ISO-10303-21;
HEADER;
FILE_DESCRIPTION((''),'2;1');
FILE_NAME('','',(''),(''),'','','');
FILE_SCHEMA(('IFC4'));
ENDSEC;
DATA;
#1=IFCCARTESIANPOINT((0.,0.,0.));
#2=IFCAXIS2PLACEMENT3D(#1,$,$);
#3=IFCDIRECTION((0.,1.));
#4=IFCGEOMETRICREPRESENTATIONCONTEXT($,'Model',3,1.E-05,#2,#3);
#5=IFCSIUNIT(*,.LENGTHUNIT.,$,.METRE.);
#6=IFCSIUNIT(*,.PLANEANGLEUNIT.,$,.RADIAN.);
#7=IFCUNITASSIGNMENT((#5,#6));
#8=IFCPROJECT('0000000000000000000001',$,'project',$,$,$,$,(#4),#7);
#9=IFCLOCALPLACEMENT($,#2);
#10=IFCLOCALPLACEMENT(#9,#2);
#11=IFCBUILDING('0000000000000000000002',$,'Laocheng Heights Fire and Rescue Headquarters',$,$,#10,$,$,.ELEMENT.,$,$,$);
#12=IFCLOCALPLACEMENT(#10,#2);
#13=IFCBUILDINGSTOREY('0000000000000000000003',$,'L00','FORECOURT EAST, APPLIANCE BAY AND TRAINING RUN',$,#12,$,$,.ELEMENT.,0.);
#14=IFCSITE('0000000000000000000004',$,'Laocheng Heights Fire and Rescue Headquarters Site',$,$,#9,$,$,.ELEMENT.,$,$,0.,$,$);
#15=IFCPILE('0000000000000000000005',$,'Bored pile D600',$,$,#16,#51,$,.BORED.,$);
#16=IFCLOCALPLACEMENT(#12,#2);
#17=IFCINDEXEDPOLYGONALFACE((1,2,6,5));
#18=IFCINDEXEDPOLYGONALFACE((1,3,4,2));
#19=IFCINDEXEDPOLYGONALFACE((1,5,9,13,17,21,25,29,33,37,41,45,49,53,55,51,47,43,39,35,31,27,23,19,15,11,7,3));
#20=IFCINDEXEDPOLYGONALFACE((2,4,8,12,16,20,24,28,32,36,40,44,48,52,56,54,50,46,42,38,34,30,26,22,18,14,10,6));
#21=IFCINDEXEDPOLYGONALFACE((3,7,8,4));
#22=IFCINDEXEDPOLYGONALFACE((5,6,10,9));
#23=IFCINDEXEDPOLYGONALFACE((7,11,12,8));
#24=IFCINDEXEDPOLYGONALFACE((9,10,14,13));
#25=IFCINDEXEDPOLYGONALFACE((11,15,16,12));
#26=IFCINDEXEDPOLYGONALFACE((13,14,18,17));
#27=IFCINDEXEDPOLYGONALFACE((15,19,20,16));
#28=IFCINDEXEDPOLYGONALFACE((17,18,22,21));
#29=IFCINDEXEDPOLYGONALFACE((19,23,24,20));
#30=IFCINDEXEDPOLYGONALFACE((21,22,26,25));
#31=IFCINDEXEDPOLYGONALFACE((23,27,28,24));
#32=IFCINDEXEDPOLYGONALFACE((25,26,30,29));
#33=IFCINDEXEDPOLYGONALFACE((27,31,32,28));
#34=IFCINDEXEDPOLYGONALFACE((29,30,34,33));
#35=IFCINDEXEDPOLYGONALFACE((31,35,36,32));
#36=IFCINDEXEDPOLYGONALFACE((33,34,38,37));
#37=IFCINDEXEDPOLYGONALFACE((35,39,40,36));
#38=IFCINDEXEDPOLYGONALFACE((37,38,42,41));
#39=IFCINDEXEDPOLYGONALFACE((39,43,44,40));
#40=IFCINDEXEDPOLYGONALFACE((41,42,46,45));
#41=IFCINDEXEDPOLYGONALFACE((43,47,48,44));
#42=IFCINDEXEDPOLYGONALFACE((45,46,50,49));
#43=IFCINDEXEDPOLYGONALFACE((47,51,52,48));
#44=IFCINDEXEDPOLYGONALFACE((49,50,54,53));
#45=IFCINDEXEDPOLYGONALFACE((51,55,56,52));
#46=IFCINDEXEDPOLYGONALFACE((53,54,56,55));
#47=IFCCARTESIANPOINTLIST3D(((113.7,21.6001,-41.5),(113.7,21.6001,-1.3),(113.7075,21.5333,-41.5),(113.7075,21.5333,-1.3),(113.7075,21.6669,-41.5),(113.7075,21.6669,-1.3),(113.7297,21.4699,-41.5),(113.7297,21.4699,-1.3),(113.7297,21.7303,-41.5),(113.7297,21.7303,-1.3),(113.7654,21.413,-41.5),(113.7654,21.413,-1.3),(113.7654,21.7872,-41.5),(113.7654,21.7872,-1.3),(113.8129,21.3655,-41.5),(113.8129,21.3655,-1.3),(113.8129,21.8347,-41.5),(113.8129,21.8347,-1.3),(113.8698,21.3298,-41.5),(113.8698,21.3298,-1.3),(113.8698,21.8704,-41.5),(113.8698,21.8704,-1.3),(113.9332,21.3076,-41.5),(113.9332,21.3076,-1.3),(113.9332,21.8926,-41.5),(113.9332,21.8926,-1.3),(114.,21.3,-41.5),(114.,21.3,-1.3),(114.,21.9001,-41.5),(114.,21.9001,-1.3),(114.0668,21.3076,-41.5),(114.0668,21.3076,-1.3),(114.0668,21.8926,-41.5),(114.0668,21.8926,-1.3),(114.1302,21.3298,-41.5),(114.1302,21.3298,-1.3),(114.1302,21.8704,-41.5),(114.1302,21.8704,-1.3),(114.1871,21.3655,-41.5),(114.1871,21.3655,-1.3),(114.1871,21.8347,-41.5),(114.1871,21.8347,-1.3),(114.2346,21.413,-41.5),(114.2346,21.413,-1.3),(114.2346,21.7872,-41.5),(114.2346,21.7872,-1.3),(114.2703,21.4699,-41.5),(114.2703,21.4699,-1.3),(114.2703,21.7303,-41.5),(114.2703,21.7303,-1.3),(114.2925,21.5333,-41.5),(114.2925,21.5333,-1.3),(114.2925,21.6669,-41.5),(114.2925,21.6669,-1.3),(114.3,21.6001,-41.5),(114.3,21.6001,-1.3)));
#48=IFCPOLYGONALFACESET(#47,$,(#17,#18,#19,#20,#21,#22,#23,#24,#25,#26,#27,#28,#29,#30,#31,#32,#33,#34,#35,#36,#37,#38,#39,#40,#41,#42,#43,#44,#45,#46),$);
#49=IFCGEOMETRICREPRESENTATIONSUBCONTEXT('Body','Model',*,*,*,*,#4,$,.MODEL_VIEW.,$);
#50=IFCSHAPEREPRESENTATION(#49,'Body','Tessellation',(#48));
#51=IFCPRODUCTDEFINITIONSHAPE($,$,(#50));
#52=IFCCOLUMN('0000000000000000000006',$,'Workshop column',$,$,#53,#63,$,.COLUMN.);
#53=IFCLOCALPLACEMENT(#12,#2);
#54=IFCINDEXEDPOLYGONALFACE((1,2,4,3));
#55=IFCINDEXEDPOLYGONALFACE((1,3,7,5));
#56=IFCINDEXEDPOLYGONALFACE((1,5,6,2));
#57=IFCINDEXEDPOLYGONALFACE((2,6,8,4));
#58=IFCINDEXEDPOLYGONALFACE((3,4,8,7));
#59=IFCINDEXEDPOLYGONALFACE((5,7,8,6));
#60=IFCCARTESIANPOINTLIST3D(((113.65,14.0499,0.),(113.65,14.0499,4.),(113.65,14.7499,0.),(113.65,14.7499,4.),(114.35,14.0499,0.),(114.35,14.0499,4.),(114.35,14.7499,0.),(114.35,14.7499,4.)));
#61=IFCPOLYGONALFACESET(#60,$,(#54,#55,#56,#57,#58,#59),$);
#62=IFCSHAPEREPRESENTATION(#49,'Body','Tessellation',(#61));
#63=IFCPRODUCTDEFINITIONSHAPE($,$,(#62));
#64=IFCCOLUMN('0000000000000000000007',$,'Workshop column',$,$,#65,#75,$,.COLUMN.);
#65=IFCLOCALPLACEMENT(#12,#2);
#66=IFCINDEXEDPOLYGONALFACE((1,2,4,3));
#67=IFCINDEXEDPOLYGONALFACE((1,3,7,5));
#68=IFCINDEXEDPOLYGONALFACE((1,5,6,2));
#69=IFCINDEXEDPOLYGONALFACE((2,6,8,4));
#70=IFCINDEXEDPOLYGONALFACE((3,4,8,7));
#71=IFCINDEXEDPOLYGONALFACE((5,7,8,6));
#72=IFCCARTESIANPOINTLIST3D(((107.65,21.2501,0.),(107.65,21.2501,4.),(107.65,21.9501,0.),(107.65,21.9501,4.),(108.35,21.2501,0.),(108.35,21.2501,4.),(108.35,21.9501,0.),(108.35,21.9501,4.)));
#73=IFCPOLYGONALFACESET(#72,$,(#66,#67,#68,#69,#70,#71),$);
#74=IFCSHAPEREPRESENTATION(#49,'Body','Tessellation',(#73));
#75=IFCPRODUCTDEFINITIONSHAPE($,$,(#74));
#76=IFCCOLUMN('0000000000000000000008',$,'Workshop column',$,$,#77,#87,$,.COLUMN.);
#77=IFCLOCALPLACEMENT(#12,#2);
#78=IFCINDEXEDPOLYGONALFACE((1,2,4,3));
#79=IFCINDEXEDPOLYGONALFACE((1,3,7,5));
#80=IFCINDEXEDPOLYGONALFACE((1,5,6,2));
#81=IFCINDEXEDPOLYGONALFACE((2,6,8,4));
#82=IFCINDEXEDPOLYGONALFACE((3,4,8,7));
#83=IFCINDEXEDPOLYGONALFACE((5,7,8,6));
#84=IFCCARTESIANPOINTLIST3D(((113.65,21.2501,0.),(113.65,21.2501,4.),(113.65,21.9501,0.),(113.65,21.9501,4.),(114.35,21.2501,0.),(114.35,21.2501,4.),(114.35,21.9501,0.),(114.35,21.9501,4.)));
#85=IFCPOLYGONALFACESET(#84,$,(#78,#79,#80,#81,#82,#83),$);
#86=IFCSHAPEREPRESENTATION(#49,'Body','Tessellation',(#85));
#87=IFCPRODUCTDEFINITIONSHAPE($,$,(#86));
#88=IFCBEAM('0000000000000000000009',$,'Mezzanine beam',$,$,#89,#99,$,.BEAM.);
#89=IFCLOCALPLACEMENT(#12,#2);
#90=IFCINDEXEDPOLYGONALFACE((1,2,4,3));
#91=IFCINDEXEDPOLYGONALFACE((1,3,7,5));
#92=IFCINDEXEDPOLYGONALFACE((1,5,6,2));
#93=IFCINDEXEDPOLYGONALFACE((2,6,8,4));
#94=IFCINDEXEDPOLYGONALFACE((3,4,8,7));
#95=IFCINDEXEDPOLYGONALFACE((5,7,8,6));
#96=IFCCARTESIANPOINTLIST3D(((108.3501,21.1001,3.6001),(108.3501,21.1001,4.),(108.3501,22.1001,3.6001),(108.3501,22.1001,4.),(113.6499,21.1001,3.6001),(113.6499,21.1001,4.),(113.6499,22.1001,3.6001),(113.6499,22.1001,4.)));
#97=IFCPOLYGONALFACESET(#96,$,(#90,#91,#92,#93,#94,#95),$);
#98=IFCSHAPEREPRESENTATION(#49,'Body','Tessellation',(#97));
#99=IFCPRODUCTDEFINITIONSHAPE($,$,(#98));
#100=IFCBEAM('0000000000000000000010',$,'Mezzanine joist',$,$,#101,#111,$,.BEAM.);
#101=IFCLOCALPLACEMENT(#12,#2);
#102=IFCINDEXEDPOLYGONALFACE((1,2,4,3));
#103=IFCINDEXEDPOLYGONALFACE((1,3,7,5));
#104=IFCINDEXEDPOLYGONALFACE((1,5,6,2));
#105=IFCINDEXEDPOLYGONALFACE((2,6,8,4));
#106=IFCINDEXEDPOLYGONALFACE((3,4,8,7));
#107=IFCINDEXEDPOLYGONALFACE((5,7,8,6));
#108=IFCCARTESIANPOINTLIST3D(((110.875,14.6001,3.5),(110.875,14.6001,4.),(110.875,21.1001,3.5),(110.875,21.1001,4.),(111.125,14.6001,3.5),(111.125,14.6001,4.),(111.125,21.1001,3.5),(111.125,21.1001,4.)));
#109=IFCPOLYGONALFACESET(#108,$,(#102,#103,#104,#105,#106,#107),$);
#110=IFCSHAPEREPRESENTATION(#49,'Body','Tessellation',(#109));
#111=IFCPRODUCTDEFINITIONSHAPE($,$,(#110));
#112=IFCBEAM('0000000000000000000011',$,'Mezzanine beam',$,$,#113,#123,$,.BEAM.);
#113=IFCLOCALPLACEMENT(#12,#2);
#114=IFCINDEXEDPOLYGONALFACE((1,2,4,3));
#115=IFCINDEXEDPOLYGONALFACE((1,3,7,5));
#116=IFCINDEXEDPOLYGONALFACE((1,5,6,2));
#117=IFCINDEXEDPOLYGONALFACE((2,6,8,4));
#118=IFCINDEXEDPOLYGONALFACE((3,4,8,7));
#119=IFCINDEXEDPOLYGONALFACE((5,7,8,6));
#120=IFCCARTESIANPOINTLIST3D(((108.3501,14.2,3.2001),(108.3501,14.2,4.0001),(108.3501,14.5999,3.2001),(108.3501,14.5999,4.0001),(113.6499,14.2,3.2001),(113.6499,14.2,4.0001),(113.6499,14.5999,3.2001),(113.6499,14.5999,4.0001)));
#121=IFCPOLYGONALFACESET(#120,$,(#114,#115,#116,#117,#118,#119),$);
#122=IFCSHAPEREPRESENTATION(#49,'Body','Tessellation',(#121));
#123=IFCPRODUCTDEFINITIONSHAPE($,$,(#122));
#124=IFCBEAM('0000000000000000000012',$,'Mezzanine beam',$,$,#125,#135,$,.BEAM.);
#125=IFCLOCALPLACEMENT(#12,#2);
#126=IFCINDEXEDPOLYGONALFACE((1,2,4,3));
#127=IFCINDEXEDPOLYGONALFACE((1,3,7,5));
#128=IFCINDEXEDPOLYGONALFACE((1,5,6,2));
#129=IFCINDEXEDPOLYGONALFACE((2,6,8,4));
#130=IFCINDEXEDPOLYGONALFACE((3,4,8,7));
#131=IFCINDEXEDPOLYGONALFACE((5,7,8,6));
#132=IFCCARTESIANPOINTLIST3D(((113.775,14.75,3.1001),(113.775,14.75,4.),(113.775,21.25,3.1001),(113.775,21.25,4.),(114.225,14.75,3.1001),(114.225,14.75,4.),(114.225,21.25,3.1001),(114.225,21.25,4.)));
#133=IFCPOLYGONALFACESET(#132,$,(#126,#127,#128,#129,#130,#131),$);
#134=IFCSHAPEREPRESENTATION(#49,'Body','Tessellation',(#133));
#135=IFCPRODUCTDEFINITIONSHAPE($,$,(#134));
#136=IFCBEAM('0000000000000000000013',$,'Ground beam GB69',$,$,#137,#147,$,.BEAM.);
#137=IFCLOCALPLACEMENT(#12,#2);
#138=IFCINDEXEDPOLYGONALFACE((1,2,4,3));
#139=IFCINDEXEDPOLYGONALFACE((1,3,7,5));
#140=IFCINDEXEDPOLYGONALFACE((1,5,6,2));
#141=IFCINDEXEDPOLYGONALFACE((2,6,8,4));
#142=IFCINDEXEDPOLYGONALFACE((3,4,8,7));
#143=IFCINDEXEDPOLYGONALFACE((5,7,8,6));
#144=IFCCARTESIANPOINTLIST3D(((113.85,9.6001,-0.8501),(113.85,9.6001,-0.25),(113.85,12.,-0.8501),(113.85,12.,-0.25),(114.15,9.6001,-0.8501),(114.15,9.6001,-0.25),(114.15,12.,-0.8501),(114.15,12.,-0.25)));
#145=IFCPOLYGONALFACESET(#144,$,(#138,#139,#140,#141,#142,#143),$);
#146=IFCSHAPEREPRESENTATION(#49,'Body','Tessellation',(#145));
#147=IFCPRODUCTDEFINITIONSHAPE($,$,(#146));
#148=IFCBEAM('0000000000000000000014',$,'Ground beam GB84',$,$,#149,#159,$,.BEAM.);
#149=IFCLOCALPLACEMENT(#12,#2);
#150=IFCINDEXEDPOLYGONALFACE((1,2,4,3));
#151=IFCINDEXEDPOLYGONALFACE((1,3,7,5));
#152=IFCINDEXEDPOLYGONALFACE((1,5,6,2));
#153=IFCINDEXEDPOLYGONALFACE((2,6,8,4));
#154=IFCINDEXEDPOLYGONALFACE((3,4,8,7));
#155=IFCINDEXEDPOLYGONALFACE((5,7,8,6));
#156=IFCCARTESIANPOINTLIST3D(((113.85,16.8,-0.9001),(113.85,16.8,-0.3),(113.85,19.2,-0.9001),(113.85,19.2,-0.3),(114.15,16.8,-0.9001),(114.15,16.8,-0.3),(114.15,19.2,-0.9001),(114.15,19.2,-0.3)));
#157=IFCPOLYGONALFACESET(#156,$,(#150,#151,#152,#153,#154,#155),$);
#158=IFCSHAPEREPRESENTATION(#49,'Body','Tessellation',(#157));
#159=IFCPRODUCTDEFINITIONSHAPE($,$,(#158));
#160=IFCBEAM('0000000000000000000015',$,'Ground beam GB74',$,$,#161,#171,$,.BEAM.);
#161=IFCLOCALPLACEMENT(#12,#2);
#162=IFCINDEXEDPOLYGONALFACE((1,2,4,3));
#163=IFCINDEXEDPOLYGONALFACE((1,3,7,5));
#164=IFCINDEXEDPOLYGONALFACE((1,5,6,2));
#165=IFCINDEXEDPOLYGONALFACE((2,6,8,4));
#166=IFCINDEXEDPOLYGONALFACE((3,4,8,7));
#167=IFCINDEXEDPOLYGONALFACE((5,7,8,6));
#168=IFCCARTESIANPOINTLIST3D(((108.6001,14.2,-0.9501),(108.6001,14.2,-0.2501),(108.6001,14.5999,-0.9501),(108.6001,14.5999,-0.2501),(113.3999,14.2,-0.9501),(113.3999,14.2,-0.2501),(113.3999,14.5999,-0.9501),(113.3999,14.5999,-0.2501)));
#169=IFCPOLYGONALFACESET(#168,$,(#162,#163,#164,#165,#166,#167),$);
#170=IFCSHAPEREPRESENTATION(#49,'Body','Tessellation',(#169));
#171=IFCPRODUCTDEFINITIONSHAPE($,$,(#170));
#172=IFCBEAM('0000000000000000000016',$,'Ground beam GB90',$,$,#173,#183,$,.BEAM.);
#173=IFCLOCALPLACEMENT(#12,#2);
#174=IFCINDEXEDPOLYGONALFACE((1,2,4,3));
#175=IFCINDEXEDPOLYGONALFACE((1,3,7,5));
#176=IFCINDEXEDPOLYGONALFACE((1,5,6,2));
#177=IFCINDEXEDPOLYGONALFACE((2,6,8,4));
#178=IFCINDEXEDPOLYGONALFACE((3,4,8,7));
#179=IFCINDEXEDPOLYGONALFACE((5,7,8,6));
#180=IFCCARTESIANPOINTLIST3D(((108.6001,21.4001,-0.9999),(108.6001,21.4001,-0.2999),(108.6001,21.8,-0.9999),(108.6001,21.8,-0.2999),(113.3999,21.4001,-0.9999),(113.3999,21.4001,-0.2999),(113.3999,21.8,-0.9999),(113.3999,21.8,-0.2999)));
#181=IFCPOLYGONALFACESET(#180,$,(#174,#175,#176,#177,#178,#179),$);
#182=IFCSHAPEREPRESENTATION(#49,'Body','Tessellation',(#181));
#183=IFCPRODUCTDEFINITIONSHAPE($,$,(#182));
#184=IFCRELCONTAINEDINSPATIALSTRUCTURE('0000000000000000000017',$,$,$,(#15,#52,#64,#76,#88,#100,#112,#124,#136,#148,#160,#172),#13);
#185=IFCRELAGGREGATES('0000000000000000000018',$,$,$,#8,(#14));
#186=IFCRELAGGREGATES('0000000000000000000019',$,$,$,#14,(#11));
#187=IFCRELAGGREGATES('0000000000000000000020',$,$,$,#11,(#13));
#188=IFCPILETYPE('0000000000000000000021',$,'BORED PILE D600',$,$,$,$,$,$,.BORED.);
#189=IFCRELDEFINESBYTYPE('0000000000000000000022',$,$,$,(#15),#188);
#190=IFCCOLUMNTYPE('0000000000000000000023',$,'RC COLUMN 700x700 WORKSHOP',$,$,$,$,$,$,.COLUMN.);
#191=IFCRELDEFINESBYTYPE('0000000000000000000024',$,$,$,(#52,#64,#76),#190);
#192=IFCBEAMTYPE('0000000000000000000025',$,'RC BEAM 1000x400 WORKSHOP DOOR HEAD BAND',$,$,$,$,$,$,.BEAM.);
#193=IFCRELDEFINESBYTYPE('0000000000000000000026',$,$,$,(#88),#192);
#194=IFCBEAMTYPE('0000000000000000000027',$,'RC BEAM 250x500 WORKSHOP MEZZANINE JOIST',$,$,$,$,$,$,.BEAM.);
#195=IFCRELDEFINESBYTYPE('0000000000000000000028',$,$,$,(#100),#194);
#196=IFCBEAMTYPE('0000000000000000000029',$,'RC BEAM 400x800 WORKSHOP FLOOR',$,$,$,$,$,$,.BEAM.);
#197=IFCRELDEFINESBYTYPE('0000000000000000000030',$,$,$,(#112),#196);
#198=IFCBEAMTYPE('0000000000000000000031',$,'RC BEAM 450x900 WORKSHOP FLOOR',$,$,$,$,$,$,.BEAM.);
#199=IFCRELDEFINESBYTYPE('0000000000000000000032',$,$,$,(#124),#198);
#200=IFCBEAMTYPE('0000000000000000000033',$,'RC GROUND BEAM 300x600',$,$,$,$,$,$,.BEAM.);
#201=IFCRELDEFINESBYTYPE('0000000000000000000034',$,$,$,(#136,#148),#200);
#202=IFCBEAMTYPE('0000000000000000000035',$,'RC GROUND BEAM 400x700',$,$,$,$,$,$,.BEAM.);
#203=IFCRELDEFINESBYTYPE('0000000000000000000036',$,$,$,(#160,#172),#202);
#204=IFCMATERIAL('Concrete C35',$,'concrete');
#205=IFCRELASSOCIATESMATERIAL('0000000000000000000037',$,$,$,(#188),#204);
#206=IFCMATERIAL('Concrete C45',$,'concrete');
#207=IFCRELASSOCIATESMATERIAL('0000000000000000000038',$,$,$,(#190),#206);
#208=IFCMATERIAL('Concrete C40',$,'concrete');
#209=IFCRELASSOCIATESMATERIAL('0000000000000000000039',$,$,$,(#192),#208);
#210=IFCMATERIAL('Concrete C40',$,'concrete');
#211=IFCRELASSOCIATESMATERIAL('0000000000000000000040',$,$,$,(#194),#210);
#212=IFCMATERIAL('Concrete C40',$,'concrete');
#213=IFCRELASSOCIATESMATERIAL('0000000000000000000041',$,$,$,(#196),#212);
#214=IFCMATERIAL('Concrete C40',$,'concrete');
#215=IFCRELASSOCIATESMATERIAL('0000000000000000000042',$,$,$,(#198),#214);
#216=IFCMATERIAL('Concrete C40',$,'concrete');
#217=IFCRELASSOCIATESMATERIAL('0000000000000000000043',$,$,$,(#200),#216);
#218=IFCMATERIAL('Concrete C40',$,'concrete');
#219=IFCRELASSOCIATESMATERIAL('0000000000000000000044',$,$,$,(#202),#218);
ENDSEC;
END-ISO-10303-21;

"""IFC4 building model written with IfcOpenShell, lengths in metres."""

from ifc_helpers import new_model, si_unit, direction, frame, origin, origin_2d, place, context, subcontext, project, spatial, rectangle, circle, extrude, material, material_profile, profile_set, type_object, element, save


model = new_model("IFC4")

# Units and contexts
model_context = context("Model", 3, precision=1e-05, world=origin(), true_north=direction((0.0, 1.0)))
body_context = subcontext(model_context, "Body", "Model", "MODEL_VIEW")
ifc_project = project(units=[si_unit("LENGTHUNIT", "METRE"), si_unit("PLANEANGLEUNIT", "RADIAN")], contexts=[model_context])

# Site, building, storey
site_placement = place(None, origin())
site = spatial("IfcSite", under=ifc_project, at=site_placement, Name="Laocheng Heights Fire and Rescue Headquarters Site", CompositionType="ELEMENT", RefElevation=0.0)
building_placement = place(site_placement, origin())
building = spatial("IfcBuilding", under=site, at=building_placement, Name="Laocheng Heights Fire and Rescue Headquarters", CompositionType="ELEMENT")
storey_placement = place(building_placement, origin())
storey = spatial("IfcBuildingStorey", under=building, at=storey_placement, Name="L00", Description="FORECOURT EAST, APPLIANCE BAY AND TRAINING RUN", CompositionType="ELEMENT", Elevation=0.0)

# Pile
ifc_material_1 = material(Name="Concrete C35", Category="concrete")
ifc_material_profile_1 = material_profile(ifc_material_1, circle(Radius=0.3, at=origin_2d()), Name="BORED PILE D600")
ifc_profile_set_1 = profile_set([ifc_material_profile_1], Name="Concrete C35")
pile_type = type_object("IfcPileType", Name="BORED PILE D600", PredefinedType="BORED", material=ifc_profile_set_1)
for number, where, z_axis, x_axis, name in (
    (1, (114.0, 21.6001, -1.3), (0.0, 0.0, -1.0), (1.0, 0.0, 0.0), "Bored pile D600"),
):
    element("IfcPile", number, at=place(storey_placement, frame(where, z_axis=z_axis, x_axis=x_axis)), inside=storey, type_object=pile_type, Name=name, PredefinedType="BORED", context=body_context, shape_type="SweptSolid", body=[
        extrude(circle(Radius=0.3, at=origin_2d()), origin(), (0.0, 0.0, 1.0), 40.2),
    ])

# Columns
ifc_material_2 = material(Name="Concrete C45", Category="concrete")
ifc_material_profile_2 = material_profile(ifc_material_2, rectangle(XDim=0.7, YDim=0.7, at=origin_2d()), Name="RC COLUMN 700x700 WORKSHOP")
ifc_profile_set_2 = profile_set([ifc_material_profile_2], Name="Concrete C45")
column_type = type_object("IfcColumnType", Name="RC COLUMN 700x700 WORKSHOP", PredefinedType="COLUMN", material=ifc_profile_set_2)
for number, where, z_axis, x_axis, name in (
    (2, (114.0, 14.3999, 0.0), (0.0, 0.0, 1.0), (1.0, 0.0, 0.0), "Workshop column"),
    (3, (108.0, 21.6001, 0.0), (0.0, 0.0, 1.0), (1.0, 0.0, 0.0), "Workshop column"),
    (4, (114.0, 21.6001, 0.0), (0.0, 0.0, 1.0), (1.0, 0.0, 0.0), "Workshop column"),
):
    element("IfcColumn", number, at=place(storey_placement, frame(where, z_axis=z_axis, x_axis=x_axis)), inside=storey, type_object=column_type, Name=name, PredefinedType="COLUMN", context=body_context, shape_type="SweptSolid", body=[
        extrude(rectangle(XDim=0.7, YDim=0.7, at=origin_2d()), origin(), (0.0, 0.0, 1.0), 4.0),
    ])

# Beams
ifc_material_3 = material(Name="Concrete C40", Category="concrete")
ifc_material_profile_3 = material_profile(ifc_material_3, rectangle(XDim=1.0, YDim=0.3999, at=origin_2d()), Name="RC BEAM 1000x400 WORKSHOP DOOR HEAD BAND")
ifc_profile_set_3 = profile_set([ifc_material_profile_3], Name="Concrete C40")
beam_type_1 = type_object("IfcBeamType", Name="RC BEAM 1000x400 WORKSHOP DOOR HEAD BAND", PredefinedType="BEAM", material=ifc_profile_set_3)
beam_1_placement = place(storey_placement, frame((108.3501, 21.6001, 3.8), z_axis=(1.0, 0.0, 0.0), x_axis=(0.0, 1.0, 0.0)))
element("IfcBeam", 5, at=beam_1_placement, inside=storey, type_object=beam_type_1, Name="Mezzanine beam", PredefinedType="BEAM", context=body_context, shape_type="SweptSolid", body=[
    extrude(rectangle(XDim=1.0, YDim=0.3999, at=origin_2d()), origin(), (0.0, 0.0, 1.0), 5.2998),
])
ifc_material_4 = material(Name="Concrete C40", Category="concrete")
ifc_material_profile_4 = material_profile(ifc_material_4, rectangle(XDim=0.25, YDim=0.5, at=origin_2d()), Name="RC BEAM 250x500 WORKSHOP MEZZANINE JOIST")
ifc_profile_set_4 = profile_set([ifc_material_profile_4], Name="Concrete C40")
beam_type_2 = type_object("IfcBeamType", Name="RC BEAM 250x500 WORKSHOP MEZZANINE JOIST", PredefinedType="BEAM", material=ifc_profile_set_4)
beam_2_placement = place(storey_placement, frame((111.0, 14.6001, 3.75), z_axis=(0.0, 1.0, 0.0), x_axis=(-1.0, 0.0, 0.0)))
element("IfcBeam", 6, at=beam_2_placement, inside=storey, type_object=beam_type_2, Name="Mezzanine joist", PredefinedType="BEAM", context=body_context, shape_type="SweptSolid", body=[
    extrude(rectangle(XDim=0.25, YDim=0.5, at=origin_2d()), origin(), (0.0, 0.0, 1.0), 6.5),
])
ifc_material_5 = material(Name="Concrete C40", Category="concrete")
ifc_material_profile_5 = material_profile(ifc_material_5, rectangle(XDim=0.3999, YDim=0.8, at=origin_2d()), Name="RC BEAM 400x800 WORKSHOP FLOOR")
ifc_profile_set_5 = profile_set([ifc_material_profile_5], Name="Concrete C40")
beam_type_3 = type_object("IfcBeamType", Name="RC BEAM 400x800 WORKSHOP FLOOR", PredefinedType="BEAM", material=ifc_profile_set_5)
beam_3_placement = place(storey_placement, frame((108.3501, 14.3999, 3.6001), z_axis=(1.0, 0.0, 0.0), x_axis=(0.0, 1.0, 0.0)))
element("IfcBeam", 7, at=beam_3_placement, inside=storey, type_object=beam_type_3, Name="Mezzanine beam", PredefinedType="BEAM", context=body_context, shape_type="SweptSolid", body=[
    extrude(rectangle(XDim=0.3999, YDim=0.8, at=origin_2d()), origin(), (0.0, 0.0, 1.0), 5.2998),
])
ifc_material_6 = material(Name="Concrete C40", Category="concrete")
ifc_material_profile_6 = material_profile(ifc_material_6, rectangle(XDim=0.45, YDim=0.8999, at=origin_2d()), Name="RC BEAM 450x900 WORKSHOP FLOOR")
ifc_profile_set_6 = profile_set([ifc_material_profile_6], Name="Concrete C40")
beam_type_4 = type_object("IfcBeamType", Name="RC BEAM 450x900 WORKSHOP FLOOR", PredefinedType="BEAM", material=ifc_profile_set_6)
beam_4_placement = place(storey_placement, frame((114.0, 14.75, 3.55), z_axis=(0.0, 1.0, 0.0), x_axis=(-1.0, 0.0, 0.0)))
element("IfcBeam", 8, at=beam_4_placement, inside=storey, type_object=beam_type_4, Name="Mezzanine beam", PredefinedType="BEAM", context=body_context, shape_type="SweptSolid", body=[
    extrude(rectangle(XDim=0.45, YDim=0.8999, at=origin_2d()), origin(), (0.0, 0.0, 1.0), 6.5),
])
ifc_material_7 = material(Name="Concrete C40", Category="concrete")
ifc_material_profile_7 = material_profile(ifc_material_7, rectangle(XDim=0.3, YDim=0.6001, at=origin_2d()), Name="RC GROUND BEAM 300x600")
ifc_profile_set_7 = profile_set([ifc_material_profile_7], Name="Concrete C40")
beam_type_5 = type_object("IfcBeamType", Name="RC GROUND BEAM 300x600", PredefinedType="BEAM", material=ifc_profile_set_7)
for number, where, z_axis, x_axis, name in (
    (9, (114.0, 9.6001, -0.55), (0.0, 1.0, 0.0), (-1.0, 0.0, 0.0), "Ground beam GB69"),
    (10, (114.0, 16.8, -0.6001), (0.0, 1.0, 0.0), (-1.0, 0.0, 0.0), "Ground beam GB84"),
):
    element("IfcBeam", number, at=place(storey_placement, frame(where, z_axis=z_axis, x_axis=x_axis)), inside=storey, type_object=beam_type_5, Name=name, PredefinedType="BEAM", context=body_context, shape_type="SweptSolid", body=[
        extrude(rectangle(XDim=0.3, YDim=0.6001, at=origin_2d()), origin(), (0.0, 0.0, 1.0), 2.3999),
    ])
ifc_material_8 = material(Name="Concrete C40", Category="concrete")
ifc_material_profile_8 = material_profile(ifc_material_8, rectangle(XDim=0.3999, YDim=0.7, at=origin_2d()), Name="RC GROUND BEAM 400x700")
ifc_profile_set_8 = profile_set([ifc_material_profile_8], Name="Concrete C40")
beam_type_6 = type_object("IfcBeamType", Name="RC GROUND BEAM 400x700", PredefinedType="BEAM", material=ifc_profile_set_8)
for number, where, z_axis, x_axis, name in (
    (11, (108.6001, 14.3999, -0.6001), (1.0, 0.0, 0.0), (0.0, 1.0, 0.0), "Ground beam GB74"),
    (12, (108.6001, 21.6001, -0.6499), (1.0, 0.0, 0.0), (0.0, 1.0, 0.0), "Ground beam GB90"),
):
    element("IfcBeam", number, at=place(storey_placement, frame(where, z_axis=z_axis, x_axis=x_axis)), inside=storey, type_object=beam_type_6, Name=name, PredefinedType="BEAM", context=body_context, shape_type="SweptSolid", body=[
        extrude(rectangle(XDim=0.3999, YDim=0.7, at=origin_2d()), origin(), (0.0, 0.0, 1.0), 4.7998),
    ])

save(model, "model.ifc")
